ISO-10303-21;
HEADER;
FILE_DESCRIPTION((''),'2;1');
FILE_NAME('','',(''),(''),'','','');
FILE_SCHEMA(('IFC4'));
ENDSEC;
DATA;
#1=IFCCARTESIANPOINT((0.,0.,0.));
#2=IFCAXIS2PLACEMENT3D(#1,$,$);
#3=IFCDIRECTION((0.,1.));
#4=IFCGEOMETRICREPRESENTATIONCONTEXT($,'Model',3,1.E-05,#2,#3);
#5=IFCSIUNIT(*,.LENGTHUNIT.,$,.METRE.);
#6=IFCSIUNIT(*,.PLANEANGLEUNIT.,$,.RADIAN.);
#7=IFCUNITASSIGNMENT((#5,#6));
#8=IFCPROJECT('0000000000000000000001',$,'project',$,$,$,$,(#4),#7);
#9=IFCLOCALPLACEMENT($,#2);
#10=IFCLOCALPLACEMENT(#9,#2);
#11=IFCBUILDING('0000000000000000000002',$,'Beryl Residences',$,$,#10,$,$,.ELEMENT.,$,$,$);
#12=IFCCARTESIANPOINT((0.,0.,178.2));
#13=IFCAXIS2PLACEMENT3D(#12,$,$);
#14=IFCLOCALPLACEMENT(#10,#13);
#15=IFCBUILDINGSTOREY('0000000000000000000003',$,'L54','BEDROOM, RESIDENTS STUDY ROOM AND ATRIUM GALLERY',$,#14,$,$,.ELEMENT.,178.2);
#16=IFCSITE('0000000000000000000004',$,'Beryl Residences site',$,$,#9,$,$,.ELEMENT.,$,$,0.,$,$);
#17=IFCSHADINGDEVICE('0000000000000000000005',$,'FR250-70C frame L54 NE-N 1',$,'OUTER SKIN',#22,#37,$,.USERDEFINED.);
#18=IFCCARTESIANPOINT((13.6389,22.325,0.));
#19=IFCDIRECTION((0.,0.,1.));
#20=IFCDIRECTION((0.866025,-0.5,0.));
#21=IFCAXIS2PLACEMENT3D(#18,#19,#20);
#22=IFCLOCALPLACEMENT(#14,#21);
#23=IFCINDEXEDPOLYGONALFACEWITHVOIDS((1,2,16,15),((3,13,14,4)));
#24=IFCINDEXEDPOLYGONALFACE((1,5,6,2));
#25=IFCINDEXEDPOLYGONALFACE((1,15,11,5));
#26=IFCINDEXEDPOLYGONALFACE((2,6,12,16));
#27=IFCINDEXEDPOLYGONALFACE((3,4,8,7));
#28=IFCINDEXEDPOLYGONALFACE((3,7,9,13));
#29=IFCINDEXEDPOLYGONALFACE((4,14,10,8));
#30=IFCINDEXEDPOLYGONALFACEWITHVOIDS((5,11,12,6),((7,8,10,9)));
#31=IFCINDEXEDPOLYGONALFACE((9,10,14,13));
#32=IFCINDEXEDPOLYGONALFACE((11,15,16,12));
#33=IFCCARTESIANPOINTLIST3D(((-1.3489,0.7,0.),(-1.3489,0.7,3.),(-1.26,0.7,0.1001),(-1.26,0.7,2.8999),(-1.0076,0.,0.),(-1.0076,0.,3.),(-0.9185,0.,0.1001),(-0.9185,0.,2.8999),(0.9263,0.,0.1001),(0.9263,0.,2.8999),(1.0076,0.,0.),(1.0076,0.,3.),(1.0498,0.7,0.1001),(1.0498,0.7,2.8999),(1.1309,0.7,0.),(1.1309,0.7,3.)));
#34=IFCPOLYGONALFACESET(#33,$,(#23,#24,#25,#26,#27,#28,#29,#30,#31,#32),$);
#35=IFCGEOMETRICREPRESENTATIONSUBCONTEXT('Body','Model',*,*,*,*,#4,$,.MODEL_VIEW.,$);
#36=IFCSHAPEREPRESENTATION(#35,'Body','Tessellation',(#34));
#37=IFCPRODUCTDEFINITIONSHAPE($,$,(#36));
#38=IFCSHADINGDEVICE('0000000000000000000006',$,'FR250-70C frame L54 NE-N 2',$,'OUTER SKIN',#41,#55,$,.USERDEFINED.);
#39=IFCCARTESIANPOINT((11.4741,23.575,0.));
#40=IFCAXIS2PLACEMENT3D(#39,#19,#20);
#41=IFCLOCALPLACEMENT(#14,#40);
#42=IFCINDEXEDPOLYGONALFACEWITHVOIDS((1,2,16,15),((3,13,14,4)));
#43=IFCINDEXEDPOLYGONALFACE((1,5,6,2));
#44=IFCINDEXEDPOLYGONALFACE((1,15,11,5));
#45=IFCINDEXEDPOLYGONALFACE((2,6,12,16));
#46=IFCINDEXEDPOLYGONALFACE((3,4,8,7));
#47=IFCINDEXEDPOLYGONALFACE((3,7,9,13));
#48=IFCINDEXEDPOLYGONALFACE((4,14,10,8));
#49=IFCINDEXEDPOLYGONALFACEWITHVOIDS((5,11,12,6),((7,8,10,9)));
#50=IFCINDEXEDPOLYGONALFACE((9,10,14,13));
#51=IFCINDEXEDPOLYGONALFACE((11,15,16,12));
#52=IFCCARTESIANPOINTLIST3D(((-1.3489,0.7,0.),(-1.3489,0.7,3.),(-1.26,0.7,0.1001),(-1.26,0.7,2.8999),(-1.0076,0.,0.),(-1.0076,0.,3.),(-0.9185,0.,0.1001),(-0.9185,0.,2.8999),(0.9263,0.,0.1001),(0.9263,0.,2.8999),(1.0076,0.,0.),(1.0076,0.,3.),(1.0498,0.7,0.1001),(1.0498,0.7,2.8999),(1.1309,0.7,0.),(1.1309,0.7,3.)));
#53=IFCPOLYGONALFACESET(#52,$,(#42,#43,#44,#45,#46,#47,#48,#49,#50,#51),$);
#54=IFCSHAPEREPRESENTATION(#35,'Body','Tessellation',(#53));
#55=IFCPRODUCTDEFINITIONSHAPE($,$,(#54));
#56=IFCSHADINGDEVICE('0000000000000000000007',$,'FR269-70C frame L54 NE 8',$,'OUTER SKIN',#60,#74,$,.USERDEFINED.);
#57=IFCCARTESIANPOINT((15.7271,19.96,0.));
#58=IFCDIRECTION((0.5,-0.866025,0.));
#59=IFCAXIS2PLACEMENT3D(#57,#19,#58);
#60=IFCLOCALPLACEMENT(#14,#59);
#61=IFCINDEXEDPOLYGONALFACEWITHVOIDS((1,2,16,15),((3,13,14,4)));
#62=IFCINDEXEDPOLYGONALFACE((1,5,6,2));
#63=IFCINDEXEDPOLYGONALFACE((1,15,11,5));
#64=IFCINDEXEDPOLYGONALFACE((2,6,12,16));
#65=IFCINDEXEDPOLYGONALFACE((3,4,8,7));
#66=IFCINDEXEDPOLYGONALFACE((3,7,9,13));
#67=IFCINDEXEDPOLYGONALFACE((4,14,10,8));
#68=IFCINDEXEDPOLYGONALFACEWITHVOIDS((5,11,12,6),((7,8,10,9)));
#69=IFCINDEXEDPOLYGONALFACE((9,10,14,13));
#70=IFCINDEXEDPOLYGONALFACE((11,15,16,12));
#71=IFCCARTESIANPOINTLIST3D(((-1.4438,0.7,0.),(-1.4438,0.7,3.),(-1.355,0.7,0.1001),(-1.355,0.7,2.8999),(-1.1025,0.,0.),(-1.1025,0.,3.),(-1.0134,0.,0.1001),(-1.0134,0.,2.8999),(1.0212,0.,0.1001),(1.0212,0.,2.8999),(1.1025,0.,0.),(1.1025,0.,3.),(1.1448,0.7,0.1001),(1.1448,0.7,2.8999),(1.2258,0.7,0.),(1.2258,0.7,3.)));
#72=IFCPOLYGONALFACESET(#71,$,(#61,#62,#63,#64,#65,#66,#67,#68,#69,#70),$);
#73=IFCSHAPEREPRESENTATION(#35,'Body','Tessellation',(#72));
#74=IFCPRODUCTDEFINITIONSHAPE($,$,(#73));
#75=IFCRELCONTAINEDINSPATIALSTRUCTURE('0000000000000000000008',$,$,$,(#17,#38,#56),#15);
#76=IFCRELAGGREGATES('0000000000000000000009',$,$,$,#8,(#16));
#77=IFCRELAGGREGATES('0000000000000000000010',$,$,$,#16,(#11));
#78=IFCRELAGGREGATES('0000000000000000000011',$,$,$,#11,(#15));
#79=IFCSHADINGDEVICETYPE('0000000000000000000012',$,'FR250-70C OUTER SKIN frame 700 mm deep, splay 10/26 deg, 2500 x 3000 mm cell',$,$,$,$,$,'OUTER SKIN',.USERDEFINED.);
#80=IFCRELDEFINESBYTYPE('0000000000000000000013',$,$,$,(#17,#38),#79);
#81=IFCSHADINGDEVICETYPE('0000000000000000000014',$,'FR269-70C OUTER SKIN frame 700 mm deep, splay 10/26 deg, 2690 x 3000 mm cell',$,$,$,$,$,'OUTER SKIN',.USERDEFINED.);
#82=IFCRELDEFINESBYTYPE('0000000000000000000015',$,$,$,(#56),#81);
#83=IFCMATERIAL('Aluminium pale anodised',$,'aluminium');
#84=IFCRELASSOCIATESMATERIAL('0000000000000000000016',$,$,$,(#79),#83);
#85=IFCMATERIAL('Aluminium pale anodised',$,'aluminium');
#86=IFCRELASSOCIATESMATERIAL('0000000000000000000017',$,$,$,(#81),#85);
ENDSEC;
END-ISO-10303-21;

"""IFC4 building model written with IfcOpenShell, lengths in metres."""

from ifc_helpers import new_model, entity, si_unit, direction, frame, origin, place, context, subcontext, project, spatial, source, transform, mapped, material, type_object, type_shapes, element, save


model = new_model("IFC4")

# Units and contexts
model_context = context("Model", 3, precision=1e-05, world=origin(), true_north=direction((0.0, 1.0)))
body_context = subcontext(model_context, "Body", "Model", "MODEL_VIEW")
ifc_project = project(units=[si_unit("LENGTHUNIT", "METRE"), si_unit("PLANEANGLEUNIT", "RADIAN")], contexts=[model_context])

# Site, building, storey
site_placement = place(None, origin())
site = spatial("IfcSite", under=ifc_project, at=site_placement, Name="Beryl Residences site", CompositionType="ELEMENT", RefElevation=0.0)
building_placement = place(site_placement, origin())
building = spatial("IfcBuilding", under=site, at=building_placement, Name="Beryl Residences", CompositionType="ELEMENT")
storey_placement = place(building_placement, frame((0.0, 0.0, 178.2)))
storey = spatial("IfcBuildingStorey", under=building, at=storey_placement, Name="L54", Description="BEDROOM, RESIDENTS STUDY ROOM AND ATRIUM GALLERY", CompositionType="ELEMENT", Elevation=178.2)

# Shading devices
ifc_material_1 = material(Name="Aluminium pale anodised", Category="aluminium")
shading_device_type_1 = type_object("IfcShadingDeviceType", Name="FR250-70C OUTER SKIN frame 700 mm deep, splay 10/26 deg, 2500 x 3000 mm cell", ElementType="OUTER SKIN", PredefinedType="USERDEFINED", material=ifc_material_1)
cartesian_point_1 = entity("IfcCartesianPoint", [-1.0076, 0.0])
cartesian_point_2 = entity("IfcCartesianPoint", [-0.9263, 0.1001])
cartesian_point_3 = entity("IfcCartesianPoint", [-1.1309, 0.0])
cartesian_point_4 = entity("IfcCartesianPoint", [-1.0498, 0.1001])
shared_shape_1 = source(origin(), body_context, "Body", "SweptSolid", [
    entity("IfcExtrudedAreaSolidTapered", entity("IfcArbitraryProfileDefWithVoids", "AREA", None, entity("IfcPolyline", [cartesian_point_1, entity("IfcCartesianPoint", [1.0076, 0.0]), entity("IfcCartesianPoint", [1.0076, 3.0]), entity("IfcCartesianPoint", [-1.0076, 3.0]), cartesian_point_1]), [entity("IfcPolyline", [cartesian_point_2, entity("IfcCartesianPoint", [0.9185, 0.1001]), entity("IfcCartesianPoint", [0.9185, 2.8999]), entity("IfcCartesianPoint", [-0.9263, 2.8999]), cartesian_point_2])]), entity("IfcAxis2Placement3D", entity("IfcCartesianPoint", [0.0, 0.0, 0.0]), entity("IfcDirection", [0.0, 1.0, 0.0]), entity("IfcDirection", [-1.0, 0.0, 0.0])), entity("IfcDirection", [0.0, 0.0, 1.0]), 0.7, entity("IfcArbitraryProfileDefWithVoids", "AREA", None, entity("IfcPolyline", [cartesian_point_3, entity("IfcCartesianPoint", [1.3489, 0.0]), entity("IfcCartesianPoint", [1.3489, 3.0]), entity("IfcCartesianPoint", [-1.1309, 3.0]), cartesian_point_3]), [entity("IfcPolyline", [cartesian_point_4, entity("IfcCartesianPoint", [1.26, 0.1001]), entity("IfcCartesianPoint", [1.26, 2.8999]), entity("IfcCartesianPoint", [-1.0498, 2.8999]), cartesian_point_4])])),
])
type_shapes(shading_device_type_1, [shared_shape_1])
for number, where, z_axis, x_axis, name in (
    (1, (13.6389, 22.325, 0.0), (0.0, 0.0, 1.0), (0.866025, -0.5, 0.0), "FR250-70C frame L54 NE-N 1"),
    (2, (11.4741, 23.575, 0.0), (0.0, 0.0, 1.0), (0.866025, -0.5, 0.0), "FR250-70C frame L54 NE-N 2"),
):
    element("IfcShadingDevice", number, at=place(storey_placement, frame(where, z_axis=z_axis, x_axis=x_axis)), inside=storey, type_object=shading_device_type_1, Name=name, ObjectType="OUTER SKIN", PredefinedType="USERDEFINED", context=body_context, shape_type="MappedRepresentation", body=[
        mapped(shared_shape_1, transform((0.0, 0.0, 0.0))),
    ])
ifc_material_2 = material(Name="Aluminium pale anodised", Category="aluminium")
shading_device_type_2 = type_object("IfcShadingDeviceType", Name="FR269-70C OUTER SKIN frame 700 mm deep, splay 10/26 deg, 2690 x 3000 mm cell", ElementType="OUTER SKIN", PredefinedType="USERDEFINED", material=ifc_material_2)
cartesian_point_5 = entity("IfcCartesianPoint", [-1.1025, 0.0])
cartesian_point_6 = entity("IfcCartesianPoint", [-1.0212, 0.1001])
cartesian_point_7 = entity("IfcCartesianPoint", [-1.2258, 0.0])
cartesian_point_8 = entity("IfcCartesianPoint", [-1.1448, 0.1001])
shared_shape_2 = source(origin(), body_context, "Body", "SweptSolid", [
    entity("IfcExtrudedAreaSolidTapered", entity("IfcArbitraryProfileDefWithVoids", "AREA", None, entity("IfcPolyline", [cartesian_point_5, entity("IfcCartesianPoint", [1.1025, 0.0]), entity("IfcCartesianPoint", [1.1025, 3.0]), entity("IfcCartesianPoint", [-1.1025, 3.0]), cartesian_point_5]), [entity("IfcPolyline", [cartesian_point_6, entity("IfcCartesianPoint", [1.0134, 0.1001]), entity("IfcCartesianPoint", [1.0134, 2.8999]), entity("IfcCartesianPoint", [-1.0212, 2.8999]), cartesian_point_6])]), entity("IfcAxis2Placement3D", entity("IfcCartesianPoint", [0.0, 0.0, 0.0]), entity("IfcDirection", [0.0, 1.0, 0.0]), entity("IfcDirection", [-1.0, 0.0, 0.0])), entity("IfcDirection", [0.0, 0.0, 1.0]), 0.7, entity("IfcArbitraryProfileDefWithVoids", "AREA", None, entity("IfcPolyline", [cartesian_point_7, entity("IfcCartesianPoint", [1.4438, 0.0]), entity("IfcCartesianPoint", [1.4438, 3.0]), entity("IfcCartesianPoint", [-1.2258, 3.0]), cartesian_point_7]), [entity("IfcPolyline", [cartesian_point_8, entity("IfcCartesianPoint", [1.355, 0.1001]), entity("IfcCartesianPoint", [1.355, 2.8999]), entity("IfcCartesianPoint", [-1.1448, 2.8999]), cartesian_point_8])])),
])
type_shapes(shading_device_type_2, [shared_shape_2])
shading_device_placement = place(storey_placement, frame((15.7271, 19.96, 0.0), z_axis=(0.0, 0.0, 1.0), x_axis=(0.5, -0.866025, 0.0)))
element("IfcShadingDevice", 3, at=shading_device_placement, inside=storey, type_object=shading_device_type_2, Name="FR269-70C frame L54 NE 8", ObjectType="OUTER SKIN", PredefinedType="USERDEFINED", context=body_context, shape_type="MappedRepresentation", body=[
    mapped(shared_shape_2, transform((0.0, 0.0, 0.0))),
])

save(model, "model.ifc")
